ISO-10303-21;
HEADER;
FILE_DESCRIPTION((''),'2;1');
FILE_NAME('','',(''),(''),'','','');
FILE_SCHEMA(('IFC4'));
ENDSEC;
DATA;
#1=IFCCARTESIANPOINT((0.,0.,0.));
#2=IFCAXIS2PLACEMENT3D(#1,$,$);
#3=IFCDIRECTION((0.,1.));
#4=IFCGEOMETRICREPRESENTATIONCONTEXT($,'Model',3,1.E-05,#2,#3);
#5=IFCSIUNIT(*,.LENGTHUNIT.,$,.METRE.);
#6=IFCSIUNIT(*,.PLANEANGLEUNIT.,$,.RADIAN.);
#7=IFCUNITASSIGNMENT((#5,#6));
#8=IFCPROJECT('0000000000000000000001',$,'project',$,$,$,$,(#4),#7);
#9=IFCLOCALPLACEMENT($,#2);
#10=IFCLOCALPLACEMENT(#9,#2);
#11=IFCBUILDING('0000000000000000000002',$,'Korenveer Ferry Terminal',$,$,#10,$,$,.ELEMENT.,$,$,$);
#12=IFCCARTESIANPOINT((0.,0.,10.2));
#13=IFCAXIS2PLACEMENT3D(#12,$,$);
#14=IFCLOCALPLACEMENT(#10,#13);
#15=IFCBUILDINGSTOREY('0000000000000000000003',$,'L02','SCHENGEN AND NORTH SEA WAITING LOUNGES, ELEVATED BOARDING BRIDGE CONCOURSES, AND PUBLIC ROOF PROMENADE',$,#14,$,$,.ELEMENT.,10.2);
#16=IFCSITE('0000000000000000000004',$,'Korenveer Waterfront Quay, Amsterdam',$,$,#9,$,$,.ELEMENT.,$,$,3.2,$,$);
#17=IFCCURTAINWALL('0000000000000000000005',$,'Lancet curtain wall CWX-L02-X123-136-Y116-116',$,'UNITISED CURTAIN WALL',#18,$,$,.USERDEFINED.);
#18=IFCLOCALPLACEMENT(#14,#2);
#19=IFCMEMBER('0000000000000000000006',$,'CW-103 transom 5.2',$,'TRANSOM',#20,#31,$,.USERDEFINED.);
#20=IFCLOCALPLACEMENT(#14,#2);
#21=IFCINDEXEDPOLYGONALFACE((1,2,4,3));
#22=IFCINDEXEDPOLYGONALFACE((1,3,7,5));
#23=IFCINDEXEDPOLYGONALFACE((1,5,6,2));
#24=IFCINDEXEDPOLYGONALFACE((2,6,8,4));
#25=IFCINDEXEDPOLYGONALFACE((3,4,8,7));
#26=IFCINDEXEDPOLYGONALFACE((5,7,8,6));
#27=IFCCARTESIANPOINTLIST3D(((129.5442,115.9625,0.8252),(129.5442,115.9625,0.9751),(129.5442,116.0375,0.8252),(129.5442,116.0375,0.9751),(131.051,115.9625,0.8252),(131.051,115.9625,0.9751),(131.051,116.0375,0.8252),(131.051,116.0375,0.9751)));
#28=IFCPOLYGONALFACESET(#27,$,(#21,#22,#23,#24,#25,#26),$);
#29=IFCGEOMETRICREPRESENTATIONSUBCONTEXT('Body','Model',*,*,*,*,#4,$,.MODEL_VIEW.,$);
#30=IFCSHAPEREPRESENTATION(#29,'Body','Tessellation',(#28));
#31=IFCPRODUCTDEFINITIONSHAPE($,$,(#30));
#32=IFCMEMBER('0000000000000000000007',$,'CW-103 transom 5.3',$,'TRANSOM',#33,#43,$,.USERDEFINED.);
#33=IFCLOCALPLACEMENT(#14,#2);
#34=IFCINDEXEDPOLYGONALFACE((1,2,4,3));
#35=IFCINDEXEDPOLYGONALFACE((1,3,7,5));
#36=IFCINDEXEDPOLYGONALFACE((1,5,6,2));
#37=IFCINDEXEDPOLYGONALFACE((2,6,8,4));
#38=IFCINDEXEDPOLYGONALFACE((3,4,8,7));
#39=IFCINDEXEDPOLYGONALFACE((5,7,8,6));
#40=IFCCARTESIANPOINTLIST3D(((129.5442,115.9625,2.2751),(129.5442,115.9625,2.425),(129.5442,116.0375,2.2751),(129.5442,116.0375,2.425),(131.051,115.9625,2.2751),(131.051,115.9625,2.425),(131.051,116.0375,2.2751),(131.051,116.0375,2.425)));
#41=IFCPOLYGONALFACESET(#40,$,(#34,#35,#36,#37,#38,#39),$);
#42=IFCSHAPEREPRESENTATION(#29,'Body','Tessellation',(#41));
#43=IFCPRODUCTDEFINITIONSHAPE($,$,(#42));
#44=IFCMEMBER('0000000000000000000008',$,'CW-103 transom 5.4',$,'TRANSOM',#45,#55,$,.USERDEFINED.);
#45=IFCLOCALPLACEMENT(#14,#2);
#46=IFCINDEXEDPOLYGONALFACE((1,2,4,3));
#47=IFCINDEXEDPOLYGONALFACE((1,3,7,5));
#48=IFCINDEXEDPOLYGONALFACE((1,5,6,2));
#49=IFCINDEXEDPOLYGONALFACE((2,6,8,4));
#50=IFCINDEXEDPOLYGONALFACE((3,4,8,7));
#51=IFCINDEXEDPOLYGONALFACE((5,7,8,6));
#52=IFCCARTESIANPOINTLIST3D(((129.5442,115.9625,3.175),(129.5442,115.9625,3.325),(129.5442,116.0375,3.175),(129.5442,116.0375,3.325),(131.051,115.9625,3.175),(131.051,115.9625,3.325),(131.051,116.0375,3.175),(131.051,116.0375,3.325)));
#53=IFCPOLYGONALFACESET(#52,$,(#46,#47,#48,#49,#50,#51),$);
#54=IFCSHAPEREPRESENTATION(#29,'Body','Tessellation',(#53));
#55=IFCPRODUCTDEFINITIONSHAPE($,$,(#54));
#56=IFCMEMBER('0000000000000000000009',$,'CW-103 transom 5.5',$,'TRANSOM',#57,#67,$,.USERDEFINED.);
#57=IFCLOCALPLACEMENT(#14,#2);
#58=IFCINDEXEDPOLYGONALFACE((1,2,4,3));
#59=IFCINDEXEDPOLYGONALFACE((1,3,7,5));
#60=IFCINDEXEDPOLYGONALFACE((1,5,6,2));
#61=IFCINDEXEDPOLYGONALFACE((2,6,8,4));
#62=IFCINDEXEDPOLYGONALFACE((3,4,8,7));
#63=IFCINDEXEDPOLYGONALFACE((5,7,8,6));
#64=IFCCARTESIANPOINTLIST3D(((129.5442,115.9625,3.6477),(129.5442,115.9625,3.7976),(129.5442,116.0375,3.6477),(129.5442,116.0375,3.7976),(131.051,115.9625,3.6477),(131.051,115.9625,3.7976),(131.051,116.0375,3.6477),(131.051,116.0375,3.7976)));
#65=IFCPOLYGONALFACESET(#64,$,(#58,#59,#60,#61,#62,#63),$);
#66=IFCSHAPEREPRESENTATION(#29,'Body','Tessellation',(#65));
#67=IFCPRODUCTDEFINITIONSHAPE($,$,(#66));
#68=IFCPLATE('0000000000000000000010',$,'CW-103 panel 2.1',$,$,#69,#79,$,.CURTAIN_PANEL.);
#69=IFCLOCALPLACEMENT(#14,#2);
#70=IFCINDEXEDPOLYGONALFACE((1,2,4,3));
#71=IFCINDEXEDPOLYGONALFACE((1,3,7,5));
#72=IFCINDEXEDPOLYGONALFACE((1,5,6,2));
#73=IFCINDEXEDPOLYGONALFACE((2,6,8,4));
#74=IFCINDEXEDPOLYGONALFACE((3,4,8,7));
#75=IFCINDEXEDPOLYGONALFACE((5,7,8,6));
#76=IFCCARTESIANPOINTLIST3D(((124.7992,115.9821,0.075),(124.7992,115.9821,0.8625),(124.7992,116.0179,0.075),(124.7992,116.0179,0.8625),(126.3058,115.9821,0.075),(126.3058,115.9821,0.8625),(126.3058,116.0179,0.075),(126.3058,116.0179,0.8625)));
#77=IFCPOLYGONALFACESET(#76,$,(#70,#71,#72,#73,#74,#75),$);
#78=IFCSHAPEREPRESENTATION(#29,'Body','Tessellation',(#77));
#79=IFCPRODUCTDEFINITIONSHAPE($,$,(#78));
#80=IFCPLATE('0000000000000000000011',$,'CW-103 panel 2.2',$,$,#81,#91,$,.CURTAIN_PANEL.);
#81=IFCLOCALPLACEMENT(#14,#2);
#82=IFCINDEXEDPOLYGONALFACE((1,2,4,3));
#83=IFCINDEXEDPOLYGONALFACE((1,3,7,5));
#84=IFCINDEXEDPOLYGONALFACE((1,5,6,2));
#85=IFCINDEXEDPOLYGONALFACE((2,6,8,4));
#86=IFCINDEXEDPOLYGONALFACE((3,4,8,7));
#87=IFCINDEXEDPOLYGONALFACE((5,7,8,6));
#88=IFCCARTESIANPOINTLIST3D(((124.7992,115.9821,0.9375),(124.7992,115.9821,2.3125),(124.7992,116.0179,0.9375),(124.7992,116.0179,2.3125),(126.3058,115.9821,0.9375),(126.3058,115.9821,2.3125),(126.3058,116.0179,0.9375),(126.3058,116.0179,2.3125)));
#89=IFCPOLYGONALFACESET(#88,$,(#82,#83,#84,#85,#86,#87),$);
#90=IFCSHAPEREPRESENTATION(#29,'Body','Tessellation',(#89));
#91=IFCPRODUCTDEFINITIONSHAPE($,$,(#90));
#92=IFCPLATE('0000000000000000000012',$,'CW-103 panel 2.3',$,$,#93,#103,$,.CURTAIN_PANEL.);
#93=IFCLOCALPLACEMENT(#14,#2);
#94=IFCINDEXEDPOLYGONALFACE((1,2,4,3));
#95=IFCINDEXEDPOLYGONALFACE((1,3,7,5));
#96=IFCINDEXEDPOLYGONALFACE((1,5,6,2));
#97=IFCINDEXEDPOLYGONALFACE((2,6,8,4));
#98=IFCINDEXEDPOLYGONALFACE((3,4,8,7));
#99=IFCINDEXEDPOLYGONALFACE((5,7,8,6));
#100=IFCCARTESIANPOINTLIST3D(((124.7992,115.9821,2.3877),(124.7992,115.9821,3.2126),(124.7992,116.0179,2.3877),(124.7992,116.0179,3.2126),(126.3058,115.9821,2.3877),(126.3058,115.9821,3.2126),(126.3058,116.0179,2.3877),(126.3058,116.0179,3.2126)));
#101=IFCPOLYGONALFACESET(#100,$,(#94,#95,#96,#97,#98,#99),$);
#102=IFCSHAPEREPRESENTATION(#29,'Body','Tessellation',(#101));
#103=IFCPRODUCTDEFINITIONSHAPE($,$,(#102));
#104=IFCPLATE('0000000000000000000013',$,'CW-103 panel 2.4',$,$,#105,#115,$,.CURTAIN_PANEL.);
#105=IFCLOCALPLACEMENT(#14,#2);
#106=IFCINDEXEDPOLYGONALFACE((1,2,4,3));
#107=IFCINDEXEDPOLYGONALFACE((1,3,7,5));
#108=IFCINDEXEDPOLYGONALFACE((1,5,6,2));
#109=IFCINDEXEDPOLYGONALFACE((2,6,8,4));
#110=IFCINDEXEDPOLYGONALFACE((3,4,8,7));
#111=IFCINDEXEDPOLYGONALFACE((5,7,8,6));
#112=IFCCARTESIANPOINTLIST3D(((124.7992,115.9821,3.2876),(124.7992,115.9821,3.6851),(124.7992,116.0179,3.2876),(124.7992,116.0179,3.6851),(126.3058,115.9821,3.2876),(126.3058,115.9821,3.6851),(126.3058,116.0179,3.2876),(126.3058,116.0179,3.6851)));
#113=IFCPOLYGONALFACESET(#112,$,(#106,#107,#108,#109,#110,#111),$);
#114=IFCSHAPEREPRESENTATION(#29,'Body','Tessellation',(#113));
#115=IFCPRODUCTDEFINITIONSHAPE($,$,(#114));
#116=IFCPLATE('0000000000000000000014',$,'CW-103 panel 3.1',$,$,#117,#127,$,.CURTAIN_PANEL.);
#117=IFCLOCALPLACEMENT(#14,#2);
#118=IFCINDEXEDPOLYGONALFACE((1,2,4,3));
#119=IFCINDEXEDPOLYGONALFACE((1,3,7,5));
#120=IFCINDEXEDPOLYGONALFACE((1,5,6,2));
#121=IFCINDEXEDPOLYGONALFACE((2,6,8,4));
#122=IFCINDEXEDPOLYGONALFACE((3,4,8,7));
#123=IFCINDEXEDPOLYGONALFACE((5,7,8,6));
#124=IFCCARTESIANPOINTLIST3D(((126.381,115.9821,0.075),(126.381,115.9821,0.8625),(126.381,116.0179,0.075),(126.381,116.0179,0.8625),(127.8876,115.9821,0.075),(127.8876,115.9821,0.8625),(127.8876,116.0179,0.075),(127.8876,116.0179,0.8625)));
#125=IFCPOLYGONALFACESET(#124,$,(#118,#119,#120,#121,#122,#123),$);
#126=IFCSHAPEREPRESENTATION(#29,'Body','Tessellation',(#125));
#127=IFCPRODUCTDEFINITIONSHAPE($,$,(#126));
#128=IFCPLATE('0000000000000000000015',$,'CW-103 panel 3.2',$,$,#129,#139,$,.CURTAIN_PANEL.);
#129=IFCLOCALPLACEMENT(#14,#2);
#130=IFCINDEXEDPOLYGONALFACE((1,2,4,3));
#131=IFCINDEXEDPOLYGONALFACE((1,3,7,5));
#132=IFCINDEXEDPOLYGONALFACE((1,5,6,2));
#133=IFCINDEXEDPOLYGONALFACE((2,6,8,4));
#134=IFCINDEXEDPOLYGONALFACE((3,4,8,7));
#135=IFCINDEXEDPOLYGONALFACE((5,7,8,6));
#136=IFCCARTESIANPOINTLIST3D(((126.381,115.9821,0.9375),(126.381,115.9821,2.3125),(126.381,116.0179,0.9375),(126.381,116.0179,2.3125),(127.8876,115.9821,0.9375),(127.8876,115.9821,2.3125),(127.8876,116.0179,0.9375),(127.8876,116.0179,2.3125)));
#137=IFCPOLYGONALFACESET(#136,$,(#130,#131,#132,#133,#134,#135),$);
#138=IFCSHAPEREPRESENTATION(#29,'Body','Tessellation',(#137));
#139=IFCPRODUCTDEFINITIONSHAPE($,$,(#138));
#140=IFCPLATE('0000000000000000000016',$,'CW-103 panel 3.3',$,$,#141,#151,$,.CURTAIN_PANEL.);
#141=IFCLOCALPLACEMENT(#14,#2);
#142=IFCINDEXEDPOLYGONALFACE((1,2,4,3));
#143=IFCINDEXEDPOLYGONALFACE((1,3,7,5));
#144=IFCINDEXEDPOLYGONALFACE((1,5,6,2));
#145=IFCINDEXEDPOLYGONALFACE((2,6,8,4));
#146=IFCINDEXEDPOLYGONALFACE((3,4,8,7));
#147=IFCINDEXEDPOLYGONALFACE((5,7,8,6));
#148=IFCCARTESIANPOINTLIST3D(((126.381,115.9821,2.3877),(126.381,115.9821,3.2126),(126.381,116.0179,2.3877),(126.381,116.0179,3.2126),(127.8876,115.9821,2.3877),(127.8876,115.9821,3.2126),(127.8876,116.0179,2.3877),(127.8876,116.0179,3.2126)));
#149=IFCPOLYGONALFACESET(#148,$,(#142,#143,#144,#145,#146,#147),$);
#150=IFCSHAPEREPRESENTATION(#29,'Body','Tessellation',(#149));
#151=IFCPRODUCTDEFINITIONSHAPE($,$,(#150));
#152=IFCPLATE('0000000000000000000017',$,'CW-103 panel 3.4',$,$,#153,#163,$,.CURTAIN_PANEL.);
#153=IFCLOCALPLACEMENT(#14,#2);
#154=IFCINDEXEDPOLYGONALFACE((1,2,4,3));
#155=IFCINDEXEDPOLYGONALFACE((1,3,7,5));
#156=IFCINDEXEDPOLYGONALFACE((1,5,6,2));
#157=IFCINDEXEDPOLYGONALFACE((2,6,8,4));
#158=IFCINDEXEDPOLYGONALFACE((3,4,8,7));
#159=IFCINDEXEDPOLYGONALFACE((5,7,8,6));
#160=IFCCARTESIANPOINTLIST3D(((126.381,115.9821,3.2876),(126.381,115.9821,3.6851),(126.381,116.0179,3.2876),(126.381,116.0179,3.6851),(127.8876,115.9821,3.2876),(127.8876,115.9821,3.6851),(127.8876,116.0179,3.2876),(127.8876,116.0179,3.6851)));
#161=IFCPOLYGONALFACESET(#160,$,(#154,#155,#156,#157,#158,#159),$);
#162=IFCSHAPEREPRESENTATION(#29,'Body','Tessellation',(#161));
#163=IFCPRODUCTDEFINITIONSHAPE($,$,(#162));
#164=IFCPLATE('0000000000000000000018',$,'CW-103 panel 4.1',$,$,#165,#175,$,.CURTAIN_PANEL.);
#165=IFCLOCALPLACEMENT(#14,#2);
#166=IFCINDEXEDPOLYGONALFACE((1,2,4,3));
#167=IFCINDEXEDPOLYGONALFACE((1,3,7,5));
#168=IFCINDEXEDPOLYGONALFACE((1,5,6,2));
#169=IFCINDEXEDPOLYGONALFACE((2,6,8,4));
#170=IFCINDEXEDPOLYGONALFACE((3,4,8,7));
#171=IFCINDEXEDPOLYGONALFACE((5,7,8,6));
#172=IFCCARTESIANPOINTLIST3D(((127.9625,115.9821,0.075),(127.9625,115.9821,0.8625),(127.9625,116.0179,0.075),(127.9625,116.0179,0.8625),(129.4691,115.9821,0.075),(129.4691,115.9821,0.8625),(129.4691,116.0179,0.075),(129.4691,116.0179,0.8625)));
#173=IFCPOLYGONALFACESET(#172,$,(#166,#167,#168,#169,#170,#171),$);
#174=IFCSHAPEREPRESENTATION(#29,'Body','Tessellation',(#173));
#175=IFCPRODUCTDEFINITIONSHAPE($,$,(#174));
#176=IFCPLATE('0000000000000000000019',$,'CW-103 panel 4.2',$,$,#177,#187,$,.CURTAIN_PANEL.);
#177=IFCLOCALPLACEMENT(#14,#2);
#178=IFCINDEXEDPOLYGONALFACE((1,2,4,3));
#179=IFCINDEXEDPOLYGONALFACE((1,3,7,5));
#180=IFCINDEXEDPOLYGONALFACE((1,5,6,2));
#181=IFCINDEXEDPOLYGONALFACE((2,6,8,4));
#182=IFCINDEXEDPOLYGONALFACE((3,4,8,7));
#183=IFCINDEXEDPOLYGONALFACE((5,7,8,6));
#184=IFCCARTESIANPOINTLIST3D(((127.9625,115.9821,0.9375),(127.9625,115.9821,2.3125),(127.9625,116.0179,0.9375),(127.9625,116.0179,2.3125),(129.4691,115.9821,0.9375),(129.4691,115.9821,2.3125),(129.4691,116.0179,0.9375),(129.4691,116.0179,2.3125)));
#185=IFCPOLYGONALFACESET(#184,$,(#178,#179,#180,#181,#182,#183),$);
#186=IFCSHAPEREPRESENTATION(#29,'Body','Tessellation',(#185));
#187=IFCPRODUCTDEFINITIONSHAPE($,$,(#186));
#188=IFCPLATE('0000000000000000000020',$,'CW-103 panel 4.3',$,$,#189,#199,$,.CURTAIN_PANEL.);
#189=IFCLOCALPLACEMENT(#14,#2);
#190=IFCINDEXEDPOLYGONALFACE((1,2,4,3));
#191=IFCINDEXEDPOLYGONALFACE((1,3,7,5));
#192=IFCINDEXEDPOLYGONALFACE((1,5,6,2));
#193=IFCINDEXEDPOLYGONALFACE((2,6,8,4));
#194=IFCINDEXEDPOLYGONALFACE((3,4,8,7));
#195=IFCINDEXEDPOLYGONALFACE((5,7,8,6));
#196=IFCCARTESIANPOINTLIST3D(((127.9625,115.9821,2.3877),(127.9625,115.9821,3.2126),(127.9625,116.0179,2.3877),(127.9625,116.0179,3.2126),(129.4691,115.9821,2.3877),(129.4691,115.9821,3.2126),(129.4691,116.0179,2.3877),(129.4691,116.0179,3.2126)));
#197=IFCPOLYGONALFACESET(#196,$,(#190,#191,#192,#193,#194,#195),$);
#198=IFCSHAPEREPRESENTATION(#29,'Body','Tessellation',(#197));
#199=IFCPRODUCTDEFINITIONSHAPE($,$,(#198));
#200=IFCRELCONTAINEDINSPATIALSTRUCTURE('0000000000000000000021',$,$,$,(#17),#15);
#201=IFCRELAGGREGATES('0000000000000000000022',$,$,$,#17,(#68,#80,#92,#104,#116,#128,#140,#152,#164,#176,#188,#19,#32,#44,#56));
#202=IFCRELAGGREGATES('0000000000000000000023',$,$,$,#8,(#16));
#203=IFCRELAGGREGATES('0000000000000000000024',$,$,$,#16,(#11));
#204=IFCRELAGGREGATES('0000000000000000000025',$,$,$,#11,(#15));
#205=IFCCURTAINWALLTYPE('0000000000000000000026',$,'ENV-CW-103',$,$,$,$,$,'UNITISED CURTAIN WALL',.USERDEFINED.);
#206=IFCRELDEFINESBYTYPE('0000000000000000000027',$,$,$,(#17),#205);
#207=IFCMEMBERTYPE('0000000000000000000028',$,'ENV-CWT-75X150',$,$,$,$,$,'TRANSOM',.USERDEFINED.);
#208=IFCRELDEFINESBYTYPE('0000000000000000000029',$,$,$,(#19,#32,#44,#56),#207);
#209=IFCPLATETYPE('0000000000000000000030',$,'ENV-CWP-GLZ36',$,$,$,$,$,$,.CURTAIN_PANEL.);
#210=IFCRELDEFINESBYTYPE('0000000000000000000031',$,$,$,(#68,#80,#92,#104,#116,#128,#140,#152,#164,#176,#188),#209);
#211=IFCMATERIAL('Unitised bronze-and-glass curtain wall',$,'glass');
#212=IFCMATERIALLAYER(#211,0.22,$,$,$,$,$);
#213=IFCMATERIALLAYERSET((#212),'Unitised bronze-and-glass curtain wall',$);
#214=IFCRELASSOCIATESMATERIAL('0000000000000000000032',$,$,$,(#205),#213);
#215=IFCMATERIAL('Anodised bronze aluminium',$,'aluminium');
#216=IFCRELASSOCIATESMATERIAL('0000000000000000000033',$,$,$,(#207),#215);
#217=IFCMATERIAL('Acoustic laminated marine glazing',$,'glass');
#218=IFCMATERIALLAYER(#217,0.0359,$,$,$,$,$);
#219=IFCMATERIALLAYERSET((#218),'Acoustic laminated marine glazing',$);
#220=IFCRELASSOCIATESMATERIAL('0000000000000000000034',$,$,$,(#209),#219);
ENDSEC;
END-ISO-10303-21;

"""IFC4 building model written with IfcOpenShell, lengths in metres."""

from ifc_helpers import new_model, si_unit, direction, frame, origin, origin_2d, place, context, subcontext, project, spatial, rectangle, extrude, material, layer, layer_set, material_profile, profile_set, type_object, element, aggregate, save


model = new_model("IFC4")

# Units and contexts
model_context = context("Model", 3, precision=1e-05, world=origin(), true_north=direction((0.0, 1.0)))
body_context = subcontext(model_context, "Body", "Model", "MODEL_VIEW")
ifc_project = project(units=[si_unit("LENGTHUNIT", "METRE"), si_unit("PLANEANGLEUNIT", "RADIAN")], contexts=[model_context])

# Site, building, storey
site_placement = place(None, origin())
site = spatial("IfcSite", under=ifc_project, at=site_placement, Name="Korenveer Waterfront Quay, Amsterdam", CompositionType="ELEMENT", RefElevation=3.2)
building_placement = place(site_placement, origin())
building = spatial("IfcBuilding", under=site, at=building_placement, Name="Korenveer Ferry Terminal", CompositionType="ELEMENT")
storey_placement = place(building_placement, frame((0.0, 0.0, 10.2)))
storey = spatial("IfcBuildingStorey", under=building, at=storey_placement, Name="L02", Description="SCHENGEN AND NORTH SEA WAITING LOUNGES, ELEVATED BOARDING BRIDGE CONCOURSES, AND PUBLIC ROOF PROMENADE", CompositionType="ELEMENT", Elevation=10.2)

# Curtain wall, members, plates
ifc_material_1 = material(Name="Unitised bronze-and-glass curtain wall", Category="glass")
ifc_layer_1 = layer(ifc_material_1, 0.22)
ifc_layer_set_1 = layer_set([ifc_layer_1], Name="Unitised bronze-and-glass curtain wall")
curtain_wall_type = type_object("IfcCurtainWallType", Name="ENV-CW-103", ElementType="UNITISED CURTAIN WALL", PredefinedType="USERDEFINED", material=ifc_layer_set_1)
curtain_wall_placement = place(storey_placement, frame((123.1799, 116.0, 0.0)))
curtain_wall = element("IfcCurtainWall", 1, at=curtain_wall_placement, inside=storey, type_object=curtain_wall_type, Name="Lancet curtain wall CWX-L02-X123-136-Y116-116", ObjectType="UNITISED CURTAIN WALL", PredefinedType="USERDEFINED")
ifc_material_2 = material(Name="Anodised bronze aluminium", Category="aluminium")
ifc_material_profile_1 = material_profile(ifc_material_2, rectangle(XDim=0.075, YDim=0.1499, at=origin_2d()), Name="ALU 75x150")
ifc_profile_set_1 = profile_set([ifc_material_profile_1], Name="Anodised bronze aluminium")
member_type_1 = type_object("IfcMemberType", Name="ENV-CWT-75X150", ElementType="TRANSOM", PredefinedType="USERDEFINED", material=ifc_profile_set_1)
member_1_placement = place(storey_placement, frame((129.5442, 116.0, 0.9001), z_axis=(1.0, 0.0, 0.0), x_axis=(0.0, 1.0, 0.0)))
member_1 = element("IfcMember", 2, at=member_1_placement, type_object=member_type_1, Name="CW-103 transom 5.2", ObjectType="TRANSOM", PredefinedType="USERDEFINED", context=body_context, shape_type="SweptSolid", body=[
    extrude(rectangle(XDim=0.075, YDim=0.1499, at=origin_2d()), origin(), (0.0, 0.0, 1.0), 1.5068),
])
member_2_placement = place(storey_placement, frame((129.5442, 116.0, 2.3501), z_axis=(1.0, 0.0, 0.0), x_axis=(0.0, 1.0, 0.0)))
member_2 = element("IfcMember", 3, at=member_2_placement, type_object=member_type_1, Name="CW-103 transom 5.3", ObjectType="TRANSOM", PredefinedType="USERDEFINED", context=body_context, shape_type="SweptSolid", body=[
    extrude(rectangle(XDim=0.075, YDim=0.1499, at=origin_2d()), origin(), (0.0, 0.0, 1.0), 1.5068),
])
member_3_placement = place(storey_placement, frame((129.5442, 116.0, 3.25), z_axis=(1.0, 0.0, 0.0), x_axis=(0.0, 1.0, 0.0)))
member_3 = element("IfcMember", 4, at=member_3_placement, type_object=member_type_1, Name="CW-103 transom 5.4", ObjectType="TRANSOM", PredefinedType="USERDEFINED", context=body_context, shape_type="SweptSolid", body=[
    extrude(rectangle(XDim=0.075, YDim=0.1499, at=origin_2d()), origin(), (0.0, 0.0, 1.0), 1.5068),
])
member_4_placement = place(storey_placement, frame((129.5442, 116.0, 3.7227), z_axis=(1.0, 0.0, 0.0), x_axis=(0.0, 1.0, 0.0)))
member_4 = element("IfcMember", 5, at=member_4_placement, type_object=member_type_1, Name="CW-103 transom 5.5", ObjectType="TRANSOM", PredefinedType="USERDEFINED", context=body_context, shape_type="SweptSolid", body=[
    extrude(rectangle(XDim=0.075, YDim=0.1499, at=origin_2d()), origin(), (0.0, 0.0, 1.0), 1.5068),
])
ifc_material_3 = material(Name="Acoustic laminated marine glazing", Category="glass")
ifc_layer_2 = layer(ifc_material_3, 0.0359)
ifc_layer_set_2 = layer_set([ifc_layer_2], Name="Acoustic laminated marine glazing")
plate_type = type_object("IfcPlateType", Name="ENV-CWP-GLZ36", PredefinedType="CURTAIN_PANEL", material=ifc_layer_set_2)
plate_1_placement = place(storey_placement, frame((125.5525, 116.0, 0.075), z_axis=(0.0, 0.0, 1.0), x_axis=(1.0, 0.0, 0.0)))
plate_1 = element("IfcPlate", 6, at=plate_1_placement, type_object=plate_type, Name="CW-103 panel 2.1", PredefinedType="CURTAIN_PANEL", context=body_context, shape_type="SweptSolid", body=[
    extrude(rectangle(XDim=1.5066, YDim=0.0359, at=origin_2d()), origin(), (0.0, 0.0, 1.0), 0.7876),
])
plate_2_placement = place(storey_placement, frame((125.5525, 116.0, 0.9375), z_axis=(0.0, 0.0, 1.0), x_axis=(1.0, 0.0, 0.0)))
plate_2 = element("IfcPlate", 7, at=plate_2_placement, type_object=plate_type, Name="CW-103 panel 2.2", PredefinedType="CURTAIN_PANEL", context=body_context, shape_type="SweptSolid", body=[
    extrude(rectangle(XDim=1.5066, YDim=0.0359, at=origin_2d()), origin(), (0.0, 0.0, 1.0), 1.375),
])
plate_3_placement = place(storey_placement, frame((125.5525, 116.0, 2.3877), z_axis=(0.0, 0.0, 1.0), x_axis=(1.0, 0.0, 0.0)))
plate_3 = element("IfcPlate", 8, at=plate_3_placement, type_object=plate_type, Name="CW-103 panel 2.3", PredefinedType="CURTAIN_PANEL", context=body_context, shape_type="SweptSolid", body=[
    extrude(rectangle(XDim=1.5066, YDim=0.0359, at=origin_2d()), origin(), (0.0, 0.0, 1.0), 0.825),
])
plate_4_placement = place(storey_placement, frame((125.5525, 116.0, 3.2876), z_axis=(0.0, 0.0, 1.0), x_axis=(1.0, 0.0, 0.0)))
plate_4 = element("IfcPlate", 9, at=plate_4_placement, type_object=plate_type, Name="CW-103 panel 2.4", PredefinedType="CURTAIN_PANEL", context=body_context, shape_type="SweptSolid", body=[
    extrude(rectangle(XDim=1.5066, YDim=0.0359, at=origin_2d()), origin(), (0.0, 0.0, 1.0), 0.3975),
])
plate_5_placement = place(storey_placement, frame((127.1343, 116.0, 0.075), z_axis=(0.0, 0.0, 1.0), x_axis=(1.0, 0.0, 0.0)))
plate_5 = element("IfcPlate", 10, at=plate_5_placement, type_object=plate_type, Name="CW-103 panel 3.1", PredefinedType="CURTAIN_PANEL", context=body_context, shape_type="SweptSolid", body=[
    extrude(rectangle(XDim=1.5066, YDim=0.0359, at=origin_2d()), origin(), (0.0, 0.0, 1.0), 0.7876),
])
plate_6_placement = place(storey_placement, frame((127.1343, 116.0, 0.9375), z_axis=(0.0, 0.0, 1.0), x_axis=(1.0, 0.0, 0.0)))
plate_6 = element("IfcPlate", 11, at=plate_6_placement, type_object=plate_type, Name="CW-103 panel 3.2", PredefinedType="CURTAIN_PANEL", context=body_context, shape_type="SweptSolid", body=[
    extrude(rectangle(XDim=1.5066, YDim=0.0359, at=origin_2d()), origin(), (0.0, 0.0, 1.0), 1.375),
])
plate_7_placement = place(storey_placement, frame((127.1343, 116.0, 2.3877), z_axis=(0.0, 0.0, 1.0), x_axis=(1.0, 0.0, 0.0)))
plate_7 = element("IfcPlate", 12, at=plate_7_placement, type_object=plate_type, Name="CW-103 panel 3.3", PredefinedType="CURTAIN_PANEL", context=body_context, shape_type="SweptSolid", body=[
    extrude(rectangle(XDim=1.5066, YDim=0.0359, at=origin_2d()), origin(), (0.0, 0.0, 1.0), 0.825),
])
plate_8_placement = place(storey_placement, frame((127.1343, 116.0, 3.2876), z_axis=(0.0, 0.0, 1.0), x_axis=(1.0, 0.0, 0.0)))
plate_8 = element("IfcPlate", 13, at=plate_8_placement, type_object=plate_type, Name="CW-103 panel 3.4", PredefinedType="CURTAIN_PANEL", context=body_context, shape_type="SweptSolid", body=[
    extrude(rectangle(XDim=1.5066, YDim=0.0359, at=origin_2d()), origin(), (0.0, 0.0, 1.0), 0.3975),
])
plate_9_placement = place(storey_placement, frame((128.7158, 116.0, 0.075), z_axis=(0.0, 0.0, 1.0), x_axis=(1.0, 0.0, 0.0)))
plate_9 = element("IfcPlate", 14, at=plate_9_placement, type_object=plate_type, Name="CW-103 panel 4.1", PredefinedType="CURTAIN_PANEL", context=body_context, shape_type="SweptSolid", body=[
    extrude(rectangle(XDim=1.5066, YDim=0.0359, at=origin_2d()), origin(), (0.0, 0.0, 1.0), 0.7876),
])
plate_10_placement = place(storey_placement, frame((128.7158, 116.0, 0.9375), z_axis=(0.0, 0.0, 1.0), x_axis=(1.0, 0.0, 0.0)))
plate_10 = element("IfcPlate", 15, at=plate_10_placement, type_object=plate_type, Name="CW-103 panel 4.2", PredefinedType="CURTAIN_PANEL", context=body_context, shape_type="SweptSolid", body=[
    extrude(rectangle(XDim=1.5066, YDim=0.0359, at=origin_2d()), origin(), (0.0, 0.0, 1.0), 1.375),
])
plate_11_placement = place(storey_placement, frame((128.7158, 116.0, 2.3877), z_axis=(0.0, 0.0, 1.0), x_axis=(1.0, 0.0, 0.0)))
plate_11 = element("IfcPlate", 16, at=plate_11_placement, type_object=plate_type, Name="CW-103 panel 4.3", PredefinedType="CURTAIN_PANEL", context=body_context, shape_type="SweptSolid", body=[
    extrude(rectangle(XDim=1.5066, YDim=0.0359, at=origin_2d()), origin(), (0.0, 0.0, 1.0), 0.825),
])
aggregate(curtain_wall, [plate_1, plate_2, plate_3, plate_4, plate_5, plate_6, plate_7, plate_8, plate_9, plate_10, plate_11, member_1, member_2, member_3, member_4])

save(model, "model.ifc")
